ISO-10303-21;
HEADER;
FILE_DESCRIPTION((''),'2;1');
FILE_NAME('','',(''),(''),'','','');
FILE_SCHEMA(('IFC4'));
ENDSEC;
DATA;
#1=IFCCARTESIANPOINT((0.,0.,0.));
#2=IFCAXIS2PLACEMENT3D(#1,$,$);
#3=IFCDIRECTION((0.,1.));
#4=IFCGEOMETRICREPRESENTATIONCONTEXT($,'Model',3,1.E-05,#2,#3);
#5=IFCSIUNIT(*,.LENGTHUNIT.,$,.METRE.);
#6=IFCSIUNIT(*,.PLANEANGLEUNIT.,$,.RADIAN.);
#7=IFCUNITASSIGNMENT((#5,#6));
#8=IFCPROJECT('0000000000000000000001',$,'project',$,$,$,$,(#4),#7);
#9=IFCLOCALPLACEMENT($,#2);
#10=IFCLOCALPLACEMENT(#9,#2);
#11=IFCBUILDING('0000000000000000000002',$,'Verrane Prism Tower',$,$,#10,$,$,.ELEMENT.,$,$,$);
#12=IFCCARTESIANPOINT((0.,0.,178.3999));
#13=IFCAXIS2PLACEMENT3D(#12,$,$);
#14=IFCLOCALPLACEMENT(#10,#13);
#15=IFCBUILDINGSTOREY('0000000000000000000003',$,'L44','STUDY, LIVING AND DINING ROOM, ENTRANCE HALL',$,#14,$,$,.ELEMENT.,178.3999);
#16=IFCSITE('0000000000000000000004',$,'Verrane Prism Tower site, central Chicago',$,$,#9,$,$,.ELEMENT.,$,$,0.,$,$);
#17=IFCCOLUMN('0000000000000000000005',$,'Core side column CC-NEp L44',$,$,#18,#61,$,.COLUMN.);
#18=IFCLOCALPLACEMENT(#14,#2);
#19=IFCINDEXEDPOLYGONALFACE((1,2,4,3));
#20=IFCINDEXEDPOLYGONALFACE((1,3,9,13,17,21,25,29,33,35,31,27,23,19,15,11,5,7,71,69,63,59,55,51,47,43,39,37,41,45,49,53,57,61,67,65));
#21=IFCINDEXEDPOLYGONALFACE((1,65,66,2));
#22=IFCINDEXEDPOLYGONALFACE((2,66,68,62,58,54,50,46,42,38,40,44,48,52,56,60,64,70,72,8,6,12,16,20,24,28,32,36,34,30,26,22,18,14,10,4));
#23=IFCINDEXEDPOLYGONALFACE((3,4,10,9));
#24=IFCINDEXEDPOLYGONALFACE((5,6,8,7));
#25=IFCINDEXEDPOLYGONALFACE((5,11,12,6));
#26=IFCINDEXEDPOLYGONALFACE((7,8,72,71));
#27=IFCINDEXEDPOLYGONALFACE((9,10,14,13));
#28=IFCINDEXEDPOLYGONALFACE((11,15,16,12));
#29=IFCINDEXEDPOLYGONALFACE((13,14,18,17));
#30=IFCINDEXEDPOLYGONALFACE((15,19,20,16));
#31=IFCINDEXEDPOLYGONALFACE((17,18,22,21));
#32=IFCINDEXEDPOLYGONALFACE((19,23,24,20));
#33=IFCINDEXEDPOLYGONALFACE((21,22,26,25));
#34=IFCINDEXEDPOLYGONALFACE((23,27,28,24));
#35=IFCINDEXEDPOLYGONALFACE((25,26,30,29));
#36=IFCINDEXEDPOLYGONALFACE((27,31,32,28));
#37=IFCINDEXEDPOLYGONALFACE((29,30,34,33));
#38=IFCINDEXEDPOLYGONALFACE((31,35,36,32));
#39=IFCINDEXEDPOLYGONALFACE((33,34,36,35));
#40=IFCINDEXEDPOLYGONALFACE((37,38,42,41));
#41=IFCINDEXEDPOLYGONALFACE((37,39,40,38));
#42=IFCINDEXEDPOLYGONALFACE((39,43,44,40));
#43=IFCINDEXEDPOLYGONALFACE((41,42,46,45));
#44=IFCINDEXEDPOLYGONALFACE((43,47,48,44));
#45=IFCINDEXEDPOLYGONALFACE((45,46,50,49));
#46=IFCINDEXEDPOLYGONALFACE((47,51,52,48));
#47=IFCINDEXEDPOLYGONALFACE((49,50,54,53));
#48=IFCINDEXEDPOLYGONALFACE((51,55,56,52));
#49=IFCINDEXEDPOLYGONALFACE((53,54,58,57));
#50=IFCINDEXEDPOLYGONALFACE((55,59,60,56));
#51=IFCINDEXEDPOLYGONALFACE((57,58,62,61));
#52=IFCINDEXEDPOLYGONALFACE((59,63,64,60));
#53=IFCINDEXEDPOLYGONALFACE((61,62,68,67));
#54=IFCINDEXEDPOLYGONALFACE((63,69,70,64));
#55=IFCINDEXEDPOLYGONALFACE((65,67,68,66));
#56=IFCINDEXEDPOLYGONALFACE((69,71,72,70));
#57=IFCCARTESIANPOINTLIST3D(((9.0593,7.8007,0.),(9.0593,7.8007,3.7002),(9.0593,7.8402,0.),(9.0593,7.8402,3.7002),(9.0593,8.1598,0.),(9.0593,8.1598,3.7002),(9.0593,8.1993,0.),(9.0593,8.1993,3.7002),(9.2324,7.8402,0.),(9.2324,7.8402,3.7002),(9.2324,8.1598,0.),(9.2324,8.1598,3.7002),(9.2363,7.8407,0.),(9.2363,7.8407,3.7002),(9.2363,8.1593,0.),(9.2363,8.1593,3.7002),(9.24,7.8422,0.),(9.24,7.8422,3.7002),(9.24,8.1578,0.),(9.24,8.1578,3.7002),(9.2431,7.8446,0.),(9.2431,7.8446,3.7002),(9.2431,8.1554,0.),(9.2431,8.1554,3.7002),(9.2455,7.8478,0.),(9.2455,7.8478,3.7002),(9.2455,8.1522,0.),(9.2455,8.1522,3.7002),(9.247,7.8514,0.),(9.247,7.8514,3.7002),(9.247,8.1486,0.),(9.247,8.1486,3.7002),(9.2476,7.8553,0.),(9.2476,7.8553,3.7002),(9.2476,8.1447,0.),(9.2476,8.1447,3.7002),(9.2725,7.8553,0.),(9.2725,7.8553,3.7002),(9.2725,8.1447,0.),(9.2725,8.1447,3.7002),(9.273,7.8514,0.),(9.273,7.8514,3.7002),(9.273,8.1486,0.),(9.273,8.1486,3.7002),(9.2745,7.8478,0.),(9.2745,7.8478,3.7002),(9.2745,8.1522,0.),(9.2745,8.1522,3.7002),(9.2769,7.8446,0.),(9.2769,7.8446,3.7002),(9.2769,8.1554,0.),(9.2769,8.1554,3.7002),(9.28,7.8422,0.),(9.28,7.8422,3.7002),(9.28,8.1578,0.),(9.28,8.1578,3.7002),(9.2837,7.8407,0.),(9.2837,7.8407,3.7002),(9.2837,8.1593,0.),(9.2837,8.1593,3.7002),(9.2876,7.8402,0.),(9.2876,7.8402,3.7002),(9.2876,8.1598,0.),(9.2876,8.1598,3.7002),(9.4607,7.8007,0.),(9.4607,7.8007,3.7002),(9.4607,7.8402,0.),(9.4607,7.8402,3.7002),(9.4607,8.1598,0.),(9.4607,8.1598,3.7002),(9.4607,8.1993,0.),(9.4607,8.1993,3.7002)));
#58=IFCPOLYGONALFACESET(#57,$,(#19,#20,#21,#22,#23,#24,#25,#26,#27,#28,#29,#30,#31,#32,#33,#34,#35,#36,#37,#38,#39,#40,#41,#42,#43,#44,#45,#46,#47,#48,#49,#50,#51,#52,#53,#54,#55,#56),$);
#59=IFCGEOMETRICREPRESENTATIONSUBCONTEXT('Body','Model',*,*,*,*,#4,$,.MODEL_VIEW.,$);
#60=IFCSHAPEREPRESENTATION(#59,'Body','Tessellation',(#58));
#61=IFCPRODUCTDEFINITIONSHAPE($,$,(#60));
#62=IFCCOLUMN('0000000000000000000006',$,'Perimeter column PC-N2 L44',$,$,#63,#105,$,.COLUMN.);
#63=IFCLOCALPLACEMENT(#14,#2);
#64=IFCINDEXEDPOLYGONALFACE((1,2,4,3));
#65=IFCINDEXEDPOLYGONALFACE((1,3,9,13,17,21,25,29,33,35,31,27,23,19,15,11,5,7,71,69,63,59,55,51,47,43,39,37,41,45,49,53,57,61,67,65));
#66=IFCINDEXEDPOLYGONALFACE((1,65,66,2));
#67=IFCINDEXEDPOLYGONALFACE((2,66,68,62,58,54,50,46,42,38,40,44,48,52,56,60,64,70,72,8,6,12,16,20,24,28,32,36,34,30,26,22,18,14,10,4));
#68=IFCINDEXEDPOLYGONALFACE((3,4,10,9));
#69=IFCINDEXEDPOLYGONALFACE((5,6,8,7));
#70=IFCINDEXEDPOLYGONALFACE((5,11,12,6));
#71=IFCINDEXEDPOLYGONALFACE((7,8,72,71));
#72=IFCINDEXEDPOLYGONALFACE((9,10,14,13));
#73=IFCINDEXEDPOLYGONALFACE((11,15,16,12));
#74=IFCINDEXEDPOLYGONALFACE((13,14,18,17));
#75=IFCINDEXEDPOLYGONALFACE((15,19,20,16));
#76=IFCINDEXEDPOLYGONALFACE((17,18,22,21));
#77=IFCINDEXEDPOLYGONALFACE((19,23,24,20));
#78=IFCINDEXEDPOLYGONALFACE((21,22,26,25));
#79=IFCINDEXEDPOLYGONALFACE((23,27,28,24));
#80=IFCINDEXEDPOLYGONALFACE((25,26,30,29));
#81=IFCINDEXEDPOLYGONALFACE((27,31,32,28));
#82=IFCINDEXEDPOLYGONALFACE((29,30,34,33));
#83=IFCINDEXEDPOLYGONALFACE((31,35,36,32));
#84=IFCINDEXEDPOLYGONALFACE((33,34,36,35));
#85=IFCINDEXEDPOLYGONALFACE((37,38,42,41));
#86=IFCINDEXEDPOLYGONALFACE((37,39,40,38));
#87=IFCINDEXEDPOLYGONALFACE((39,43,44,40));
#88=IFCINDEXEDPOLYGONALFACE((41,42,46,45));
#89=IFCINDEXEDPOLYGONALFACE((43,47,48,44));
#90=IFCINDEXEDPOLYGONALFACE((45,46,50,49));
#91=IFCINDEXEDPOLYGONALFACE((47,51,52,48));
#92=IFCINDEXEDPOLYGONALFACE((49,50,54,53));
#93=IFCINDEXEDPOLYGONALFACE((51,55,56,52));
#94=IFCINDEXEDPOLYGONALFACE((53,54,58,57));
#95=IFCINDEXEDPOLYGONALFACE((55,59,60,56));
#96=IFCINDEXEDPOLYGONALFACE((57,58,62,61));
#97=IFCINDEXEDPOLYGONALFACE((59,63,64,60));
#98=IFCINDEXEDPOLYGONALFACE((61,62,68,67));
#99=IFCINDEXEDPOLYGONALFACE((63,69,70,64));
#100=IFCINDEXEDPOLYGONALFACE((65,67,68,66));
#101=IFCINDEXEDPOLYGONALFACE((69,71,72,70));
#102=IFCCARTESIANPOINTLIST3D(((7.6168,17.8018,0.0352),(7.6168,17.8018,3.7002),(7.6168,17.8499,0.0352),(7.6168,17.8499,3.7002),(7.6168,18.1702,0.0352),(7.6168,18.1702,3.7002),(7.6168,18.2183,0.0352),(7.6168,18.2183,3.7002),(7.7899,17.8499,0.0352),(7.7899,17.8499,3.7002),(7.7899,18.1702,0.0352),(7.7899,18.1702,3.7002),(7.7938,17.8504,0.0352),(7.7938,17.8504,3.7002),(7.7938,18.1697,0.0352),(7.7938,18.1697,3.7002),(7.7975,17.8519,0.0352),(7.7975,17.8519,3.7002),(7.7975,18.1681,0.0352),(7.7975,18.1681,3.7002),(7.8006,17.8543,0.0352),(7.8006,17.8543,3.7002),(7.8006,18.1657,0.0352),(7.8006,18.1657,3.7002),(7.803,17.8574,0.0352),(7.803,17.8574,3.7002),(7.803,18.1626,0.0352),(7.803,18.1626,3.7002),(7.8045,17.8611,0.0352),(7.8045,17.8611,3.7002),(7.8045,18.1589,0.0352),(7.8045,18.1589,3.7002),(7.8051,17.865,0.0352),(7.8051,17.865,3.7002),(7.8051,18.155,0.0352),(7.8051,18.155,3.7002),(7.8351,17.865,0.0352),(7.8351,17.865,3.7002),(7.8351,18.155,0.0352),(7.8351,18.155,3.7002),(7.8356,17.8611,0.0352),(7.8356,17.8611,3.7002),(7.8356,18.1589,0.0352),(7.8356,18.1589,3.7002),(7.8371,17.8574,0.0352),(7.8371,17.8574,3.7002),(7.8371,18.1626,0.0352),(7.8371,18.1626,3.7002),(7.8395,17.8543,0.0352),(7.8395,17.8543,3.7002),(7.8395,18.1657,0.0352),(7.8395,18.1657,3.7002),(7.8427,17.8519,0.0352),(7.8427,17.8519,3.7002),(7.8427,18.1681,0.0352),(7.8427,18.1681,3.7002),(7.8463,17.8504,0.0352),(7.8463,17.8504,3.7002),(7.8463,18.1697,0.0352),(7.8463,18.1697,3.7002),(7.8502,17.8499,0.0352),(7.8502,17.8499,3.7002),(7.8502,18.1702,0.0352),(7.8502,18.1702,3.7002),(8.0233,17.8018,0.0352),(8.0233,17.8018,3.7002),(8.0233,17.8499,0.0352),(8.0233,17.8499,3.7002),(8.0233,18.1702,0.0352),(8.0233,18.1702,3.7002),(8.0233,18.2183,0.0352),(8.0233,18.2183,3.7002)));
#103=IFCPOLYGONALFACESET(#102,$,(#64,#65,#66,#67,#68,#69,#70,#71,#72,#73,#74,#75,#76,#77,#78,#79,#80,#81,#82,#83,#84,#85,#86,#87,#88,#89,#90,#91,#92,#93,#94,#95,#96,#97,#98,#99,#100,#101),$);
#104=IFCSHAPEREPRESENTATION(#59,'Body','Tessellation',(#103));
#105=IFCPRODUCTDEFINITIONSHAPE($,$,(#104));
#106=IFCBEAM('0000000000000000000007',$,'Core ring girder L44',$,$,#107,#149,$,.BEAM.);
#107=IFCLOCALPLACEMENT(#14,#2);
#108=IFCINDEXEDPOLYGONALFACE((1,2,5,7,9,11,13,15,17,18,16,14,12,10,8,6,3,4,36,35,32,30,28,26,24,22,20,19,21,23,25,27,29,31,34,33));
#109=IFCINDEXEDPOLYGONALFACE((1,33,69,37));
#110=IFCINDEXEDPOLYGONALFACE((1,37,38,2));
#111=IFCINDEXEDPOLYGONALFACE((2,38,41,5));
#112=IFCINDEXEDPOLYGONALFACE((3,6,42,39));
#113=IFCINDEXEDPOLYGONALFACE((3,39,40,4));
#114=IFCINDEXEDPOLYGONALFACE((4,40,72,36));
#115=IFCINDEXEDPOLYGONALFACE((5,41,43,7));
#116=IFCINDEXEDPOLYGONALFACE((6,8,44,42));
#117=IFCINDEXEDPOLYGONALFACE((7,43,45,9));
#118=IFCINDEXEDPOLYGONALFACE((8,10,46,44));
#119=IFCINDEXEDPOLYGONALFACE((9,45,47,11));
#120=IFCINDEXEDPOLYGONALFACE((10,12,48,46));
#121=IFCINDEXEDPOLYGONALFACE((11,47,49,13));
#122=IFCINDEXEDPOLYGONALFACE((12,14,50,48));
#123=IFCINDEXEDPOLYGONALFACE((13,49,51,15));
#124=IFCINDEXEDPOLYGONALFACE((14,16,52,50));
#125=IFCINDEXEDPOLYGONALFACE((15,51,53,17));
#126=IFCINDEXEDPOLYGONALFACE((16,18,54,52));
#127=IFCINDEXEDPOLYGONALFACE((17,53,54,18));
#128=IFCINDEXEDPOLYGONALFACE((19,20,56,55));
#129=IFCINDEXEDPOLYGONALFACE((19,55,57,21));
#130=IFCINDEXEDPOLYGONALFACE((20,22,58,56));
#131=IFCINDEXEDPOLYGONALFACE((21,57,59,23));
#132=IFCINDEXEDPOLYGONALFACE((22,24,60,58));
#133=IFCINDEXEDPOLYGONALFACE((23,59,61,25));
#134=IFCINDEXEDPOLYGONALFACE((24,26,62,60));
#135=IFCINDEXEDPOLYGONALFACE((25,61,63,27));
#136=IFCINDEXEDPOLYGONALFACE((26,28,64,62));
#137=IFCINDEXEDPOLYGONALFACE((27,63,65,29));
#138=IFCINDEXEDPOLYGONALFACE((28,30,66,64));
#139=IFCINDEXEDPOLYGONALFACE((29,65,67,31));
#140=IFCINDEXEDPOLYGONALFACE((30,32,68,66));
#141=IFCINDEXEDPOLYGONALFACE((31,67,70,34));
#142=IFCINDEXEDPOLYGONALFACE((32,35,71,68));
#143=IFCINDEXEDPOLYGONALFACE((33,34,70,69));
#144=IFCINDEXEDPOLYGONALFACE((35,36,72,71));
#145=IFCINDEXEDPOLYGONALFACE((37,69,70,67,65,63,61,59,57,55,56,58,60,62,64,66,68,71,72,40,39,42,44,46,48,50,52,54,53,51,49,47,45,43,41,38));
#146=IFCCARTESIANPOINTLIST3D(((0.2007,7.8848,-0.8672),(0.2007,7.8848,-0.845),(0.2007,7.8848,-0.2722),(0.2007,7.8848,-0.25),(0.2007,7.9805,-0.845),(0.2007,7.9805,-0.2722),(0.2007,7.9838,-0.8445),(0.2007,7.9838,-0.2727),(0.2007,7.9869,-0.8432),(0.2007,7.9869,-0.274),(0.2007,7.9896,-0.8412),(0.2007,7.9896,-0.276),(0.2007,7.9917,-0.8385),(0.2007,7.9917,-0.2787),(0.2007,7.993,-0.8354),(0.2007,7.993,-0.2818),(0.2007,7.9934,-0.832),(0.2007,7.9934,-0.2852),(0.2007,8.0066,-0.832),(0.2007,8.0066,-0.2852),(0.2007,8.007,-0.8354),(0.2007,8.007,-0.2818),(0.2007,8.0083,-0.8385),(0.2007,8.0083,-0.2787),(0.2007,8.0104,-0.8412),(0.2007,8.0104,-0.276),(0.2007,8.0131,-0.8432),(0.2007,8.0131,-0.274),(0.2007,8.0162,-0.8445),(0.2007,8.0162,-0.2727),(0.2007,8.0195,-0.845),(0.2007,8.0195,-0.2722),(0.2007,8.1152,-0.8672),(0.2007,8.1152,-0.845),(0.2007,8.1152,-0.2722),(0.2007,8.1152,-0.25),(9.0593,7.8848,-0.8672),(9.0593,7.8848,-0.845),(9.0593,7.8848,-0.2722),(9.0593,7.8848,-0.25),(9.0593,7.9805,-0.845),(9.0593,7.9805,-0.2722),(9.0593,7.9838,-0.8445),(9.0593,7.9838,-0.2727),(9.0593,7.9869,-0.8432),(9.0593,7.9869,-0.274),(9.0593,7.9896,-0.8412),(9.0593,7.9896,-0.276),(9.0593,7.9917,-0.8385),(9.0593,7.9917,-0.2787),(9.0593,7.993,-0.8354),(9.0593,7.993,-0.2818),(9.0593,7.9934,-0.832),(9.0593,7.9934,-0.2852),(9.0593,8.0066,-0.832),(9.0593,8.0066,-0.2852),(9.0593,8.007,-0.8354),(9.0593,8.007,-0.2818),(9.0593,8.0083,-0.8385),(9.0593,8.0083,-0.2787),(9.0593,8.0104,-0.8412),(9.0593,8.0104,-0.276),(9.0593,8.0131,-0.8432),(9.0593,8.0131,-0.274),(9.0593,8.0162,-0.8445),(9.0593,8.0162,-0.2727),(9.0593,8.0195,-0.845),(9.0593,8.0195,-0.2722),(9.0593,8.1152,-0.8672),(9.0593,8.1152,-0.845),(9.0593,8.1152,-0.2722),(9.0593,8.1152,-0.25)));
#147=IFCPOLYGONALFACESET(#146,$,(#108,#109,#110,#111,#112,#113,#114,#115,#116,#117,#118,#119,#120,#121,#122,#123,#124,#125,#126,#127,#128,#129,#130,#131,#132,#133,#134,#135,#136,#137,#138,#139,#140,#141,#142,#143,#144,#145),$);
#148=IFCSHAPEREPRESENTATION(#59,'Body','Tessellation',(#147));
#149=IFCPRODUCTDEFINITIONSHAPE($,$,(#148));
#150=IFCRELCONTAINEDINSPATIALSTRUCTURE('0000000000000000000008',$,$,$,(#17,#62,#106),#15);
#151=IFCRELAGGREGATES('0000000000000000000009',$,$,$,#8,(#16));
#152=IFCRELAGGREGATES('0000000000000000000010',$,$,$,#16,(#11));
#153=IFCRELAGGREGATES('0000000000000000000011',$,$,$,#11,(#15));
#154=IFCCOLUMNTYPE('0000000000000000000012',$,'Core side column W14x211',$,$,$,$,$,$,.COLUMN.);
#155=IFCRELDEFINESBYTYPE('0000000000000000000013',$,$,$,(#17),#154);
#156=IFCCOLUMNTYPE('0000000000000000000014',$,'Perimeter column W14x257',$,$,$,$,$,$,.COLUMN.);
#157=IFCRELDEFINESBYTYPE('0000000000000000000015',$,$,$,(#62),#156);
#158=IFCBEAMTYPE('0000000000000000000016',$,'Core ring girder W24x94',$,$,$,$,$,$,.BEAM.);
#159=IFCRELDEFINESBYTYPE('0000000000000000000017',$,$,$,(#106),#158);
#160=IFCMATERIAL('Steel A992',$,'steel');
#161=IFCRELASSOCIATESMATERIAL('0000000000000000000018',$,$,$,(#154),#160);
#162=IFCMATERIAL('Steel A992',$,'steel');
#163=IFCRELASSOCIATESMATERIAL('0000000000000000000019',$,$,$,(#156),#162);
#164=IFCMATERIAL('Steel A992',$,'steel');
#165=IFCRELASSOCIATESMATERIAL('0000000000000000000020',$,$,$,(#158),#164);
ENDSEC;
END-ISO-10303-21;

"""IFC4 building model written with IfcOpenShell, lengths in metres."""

from ifc_helpers import new_model, si_unit, direction, frame, origin, origin_2d, place, context, subcontext, project, spatial, i_section, extrude, material, material_profile, profile_set, type_object, element, save


model = new_model("IFC4")

# Units and contexts
model_context = context("Model", 3, precision=1e-05, world=origin(), true_north=direction((0.0, 1.0)))
body_context = subcontext(model_context, "Body", "Model", "MODEL_VIEW")
ifc_project = project(units=[si_unit("LENGTHUNIT", "METRE"), si_unit("PLANEANGLEUNIT", "RADIAN")], contexts=[model_context])

# Site, building, storey
site_placement = place(None, origin())
site = spatial("IfcSite", under=ifc_project, at=site_placement, Name="Verrane Prism Tower site, central Chicago", CompositionType="ELEMENT", RefElevation=0.0)
building_placement = place(site_placement, origin())
building = spatial("IfcBuilding", under=site, at=building_placement, Name="Verrane Prism Tower", CompositionType="ELEMENT")
storey_placement = place(building_placement, frame((0.0, 0.0, 178.3999)))
storey = spatial("IfcBuildingStorey", under=building, at=storey_placement, Name="L44", Description="STUDY, LIVING AND DINING ROOM, ENTRANCE HALL", CompositionType="ELEMENT", Elevation=178.3999)

# Columns
ifc_material_1 = material(Name="Steel A992", Category="steel")
ifc_material_profile_1 = material_profile(ifc_material_1, i_section(OverallWidth=0.4014, OverallDepth=0.3987, WebThickness=0.0249, FlangeThickness=0.0396, FilletRadius=0.0151, at=origin_2d()), Name="W14x211")
ifc_profile_set_1 = profile_set([ifc_material_profile_1], Name="Steel A992")
column_type_1 = type_object("IfcColumnType", Name="Core side column W14x211", PredefinedType="COLUMN", material=ifc_profile_set_1)
column_1_placement = place(storey_placement, frame((9.26, 8.0, 0.0), z_axis=(0.0, 0.0, 1.0), x_axis=(1.0, 0.0, 0.0)))
element("IfcColumn", 1, at=column_1_placement, inside=storey, type_object=column_type_1, Name="Core side column CC-NEp L44", PredefinedType="COLUMN", context=body_context, shape_type="SweptSolid", body=[
    extrude(i_section(OverallWidth=0.4014, OverallDepth=0.3987, WebThickness=0.0249, FlangeThickness=0.0396, FilletRadius=0.0151, at=origin_2d()), origin(), (0.0, 0.0, 1.0), 3.7002),
])
ifc_material_2 = material(Name="Steel A992", Category="steel")
ifc_material_profile_2 = material_profile(ifc_material_2, i_section(OverallWidth=0.4065, OverallDepth=0.4165, WebThickness=0.03, FlangeThickness=0.0481, FilletRadius=0.0151, at=origin_2d()), Name="W14x257")
ifc_profile_set_2 = profile_set([ifc_material_profile_2], Name="Steel A992")
column_type_2 = type_object("IfcColumnType", Name="Perimeter column W14x257", PredefinedType="COLUMN", material=ifc_profile_set_2)
column_2_placement = place(storey_placement, frame((7.8201, 18.01, 0.0352), z_axis=(0.0, 0.0, 1.0), x_axis=(1.0, 0.0, 0.0)))
element("IfcColumn", 2, at=column_2_placement, inside=storey, type_object=column_type_2, Name="Perimeter column PC-N2 L44", PredefinedType="COLUMN", context=body_context, shape_type="SweptSolid", body=[
    extrude(i_section(OverallWidth=0.4065, OverallDepth=0.4165, WebThickness=0.03, FlangeThickness=0.0481, FilletRadius=0.0151, at=origin_2d()), origin(), (0.0, 0.0, 1.0), 3.665),
])

# Beam
ifc_material_3 = material(Name="Steel A992", Category="steel")
ifc_material_profile_3 = material_profile(ifc_material_3, i_section(OverallWidth=0.2305, OverallDepth=0.6172, WebThickness=0.0132, FlangeThickness=0.0222, FilletRadius=0.0129, at=origin_2d()), Name="W24x94")
ifc_profile_set_3 = profile_set([ifc_material_profile_3], Name="Steel A992")
beam_type_1 = type_object("IfcBeamType", Name="Core ring girder W24x94", PredefinedType="BEAM", material=ifc_profile_set_3)
beam_1_placement = place(storey_placement, frame((9.0593, 8.0, -0.5586), z_axis=(-1.0, 0.0, 0.0), x_axis=(0.0, -1.0, 0.0)))
element("IfcBeam", 3, at=beam_1_placement, inside=storey, type_object=beam_type_1, Name="Core ring girder L44", PredefinedType="BEAM", context=body_context, shape_type="SweptSolid", body=[
    extrude(i_section(OverallWidth=0.2305, OverallDepth=0.6172, WebThickness=0.0132, FlangeThickness=0.0222, FilletRadius=0.0129, at=origin_2d()), origin(), (0.0, 0.0, 1.0), 8.8586),
])

save(model, "model.ifc")
